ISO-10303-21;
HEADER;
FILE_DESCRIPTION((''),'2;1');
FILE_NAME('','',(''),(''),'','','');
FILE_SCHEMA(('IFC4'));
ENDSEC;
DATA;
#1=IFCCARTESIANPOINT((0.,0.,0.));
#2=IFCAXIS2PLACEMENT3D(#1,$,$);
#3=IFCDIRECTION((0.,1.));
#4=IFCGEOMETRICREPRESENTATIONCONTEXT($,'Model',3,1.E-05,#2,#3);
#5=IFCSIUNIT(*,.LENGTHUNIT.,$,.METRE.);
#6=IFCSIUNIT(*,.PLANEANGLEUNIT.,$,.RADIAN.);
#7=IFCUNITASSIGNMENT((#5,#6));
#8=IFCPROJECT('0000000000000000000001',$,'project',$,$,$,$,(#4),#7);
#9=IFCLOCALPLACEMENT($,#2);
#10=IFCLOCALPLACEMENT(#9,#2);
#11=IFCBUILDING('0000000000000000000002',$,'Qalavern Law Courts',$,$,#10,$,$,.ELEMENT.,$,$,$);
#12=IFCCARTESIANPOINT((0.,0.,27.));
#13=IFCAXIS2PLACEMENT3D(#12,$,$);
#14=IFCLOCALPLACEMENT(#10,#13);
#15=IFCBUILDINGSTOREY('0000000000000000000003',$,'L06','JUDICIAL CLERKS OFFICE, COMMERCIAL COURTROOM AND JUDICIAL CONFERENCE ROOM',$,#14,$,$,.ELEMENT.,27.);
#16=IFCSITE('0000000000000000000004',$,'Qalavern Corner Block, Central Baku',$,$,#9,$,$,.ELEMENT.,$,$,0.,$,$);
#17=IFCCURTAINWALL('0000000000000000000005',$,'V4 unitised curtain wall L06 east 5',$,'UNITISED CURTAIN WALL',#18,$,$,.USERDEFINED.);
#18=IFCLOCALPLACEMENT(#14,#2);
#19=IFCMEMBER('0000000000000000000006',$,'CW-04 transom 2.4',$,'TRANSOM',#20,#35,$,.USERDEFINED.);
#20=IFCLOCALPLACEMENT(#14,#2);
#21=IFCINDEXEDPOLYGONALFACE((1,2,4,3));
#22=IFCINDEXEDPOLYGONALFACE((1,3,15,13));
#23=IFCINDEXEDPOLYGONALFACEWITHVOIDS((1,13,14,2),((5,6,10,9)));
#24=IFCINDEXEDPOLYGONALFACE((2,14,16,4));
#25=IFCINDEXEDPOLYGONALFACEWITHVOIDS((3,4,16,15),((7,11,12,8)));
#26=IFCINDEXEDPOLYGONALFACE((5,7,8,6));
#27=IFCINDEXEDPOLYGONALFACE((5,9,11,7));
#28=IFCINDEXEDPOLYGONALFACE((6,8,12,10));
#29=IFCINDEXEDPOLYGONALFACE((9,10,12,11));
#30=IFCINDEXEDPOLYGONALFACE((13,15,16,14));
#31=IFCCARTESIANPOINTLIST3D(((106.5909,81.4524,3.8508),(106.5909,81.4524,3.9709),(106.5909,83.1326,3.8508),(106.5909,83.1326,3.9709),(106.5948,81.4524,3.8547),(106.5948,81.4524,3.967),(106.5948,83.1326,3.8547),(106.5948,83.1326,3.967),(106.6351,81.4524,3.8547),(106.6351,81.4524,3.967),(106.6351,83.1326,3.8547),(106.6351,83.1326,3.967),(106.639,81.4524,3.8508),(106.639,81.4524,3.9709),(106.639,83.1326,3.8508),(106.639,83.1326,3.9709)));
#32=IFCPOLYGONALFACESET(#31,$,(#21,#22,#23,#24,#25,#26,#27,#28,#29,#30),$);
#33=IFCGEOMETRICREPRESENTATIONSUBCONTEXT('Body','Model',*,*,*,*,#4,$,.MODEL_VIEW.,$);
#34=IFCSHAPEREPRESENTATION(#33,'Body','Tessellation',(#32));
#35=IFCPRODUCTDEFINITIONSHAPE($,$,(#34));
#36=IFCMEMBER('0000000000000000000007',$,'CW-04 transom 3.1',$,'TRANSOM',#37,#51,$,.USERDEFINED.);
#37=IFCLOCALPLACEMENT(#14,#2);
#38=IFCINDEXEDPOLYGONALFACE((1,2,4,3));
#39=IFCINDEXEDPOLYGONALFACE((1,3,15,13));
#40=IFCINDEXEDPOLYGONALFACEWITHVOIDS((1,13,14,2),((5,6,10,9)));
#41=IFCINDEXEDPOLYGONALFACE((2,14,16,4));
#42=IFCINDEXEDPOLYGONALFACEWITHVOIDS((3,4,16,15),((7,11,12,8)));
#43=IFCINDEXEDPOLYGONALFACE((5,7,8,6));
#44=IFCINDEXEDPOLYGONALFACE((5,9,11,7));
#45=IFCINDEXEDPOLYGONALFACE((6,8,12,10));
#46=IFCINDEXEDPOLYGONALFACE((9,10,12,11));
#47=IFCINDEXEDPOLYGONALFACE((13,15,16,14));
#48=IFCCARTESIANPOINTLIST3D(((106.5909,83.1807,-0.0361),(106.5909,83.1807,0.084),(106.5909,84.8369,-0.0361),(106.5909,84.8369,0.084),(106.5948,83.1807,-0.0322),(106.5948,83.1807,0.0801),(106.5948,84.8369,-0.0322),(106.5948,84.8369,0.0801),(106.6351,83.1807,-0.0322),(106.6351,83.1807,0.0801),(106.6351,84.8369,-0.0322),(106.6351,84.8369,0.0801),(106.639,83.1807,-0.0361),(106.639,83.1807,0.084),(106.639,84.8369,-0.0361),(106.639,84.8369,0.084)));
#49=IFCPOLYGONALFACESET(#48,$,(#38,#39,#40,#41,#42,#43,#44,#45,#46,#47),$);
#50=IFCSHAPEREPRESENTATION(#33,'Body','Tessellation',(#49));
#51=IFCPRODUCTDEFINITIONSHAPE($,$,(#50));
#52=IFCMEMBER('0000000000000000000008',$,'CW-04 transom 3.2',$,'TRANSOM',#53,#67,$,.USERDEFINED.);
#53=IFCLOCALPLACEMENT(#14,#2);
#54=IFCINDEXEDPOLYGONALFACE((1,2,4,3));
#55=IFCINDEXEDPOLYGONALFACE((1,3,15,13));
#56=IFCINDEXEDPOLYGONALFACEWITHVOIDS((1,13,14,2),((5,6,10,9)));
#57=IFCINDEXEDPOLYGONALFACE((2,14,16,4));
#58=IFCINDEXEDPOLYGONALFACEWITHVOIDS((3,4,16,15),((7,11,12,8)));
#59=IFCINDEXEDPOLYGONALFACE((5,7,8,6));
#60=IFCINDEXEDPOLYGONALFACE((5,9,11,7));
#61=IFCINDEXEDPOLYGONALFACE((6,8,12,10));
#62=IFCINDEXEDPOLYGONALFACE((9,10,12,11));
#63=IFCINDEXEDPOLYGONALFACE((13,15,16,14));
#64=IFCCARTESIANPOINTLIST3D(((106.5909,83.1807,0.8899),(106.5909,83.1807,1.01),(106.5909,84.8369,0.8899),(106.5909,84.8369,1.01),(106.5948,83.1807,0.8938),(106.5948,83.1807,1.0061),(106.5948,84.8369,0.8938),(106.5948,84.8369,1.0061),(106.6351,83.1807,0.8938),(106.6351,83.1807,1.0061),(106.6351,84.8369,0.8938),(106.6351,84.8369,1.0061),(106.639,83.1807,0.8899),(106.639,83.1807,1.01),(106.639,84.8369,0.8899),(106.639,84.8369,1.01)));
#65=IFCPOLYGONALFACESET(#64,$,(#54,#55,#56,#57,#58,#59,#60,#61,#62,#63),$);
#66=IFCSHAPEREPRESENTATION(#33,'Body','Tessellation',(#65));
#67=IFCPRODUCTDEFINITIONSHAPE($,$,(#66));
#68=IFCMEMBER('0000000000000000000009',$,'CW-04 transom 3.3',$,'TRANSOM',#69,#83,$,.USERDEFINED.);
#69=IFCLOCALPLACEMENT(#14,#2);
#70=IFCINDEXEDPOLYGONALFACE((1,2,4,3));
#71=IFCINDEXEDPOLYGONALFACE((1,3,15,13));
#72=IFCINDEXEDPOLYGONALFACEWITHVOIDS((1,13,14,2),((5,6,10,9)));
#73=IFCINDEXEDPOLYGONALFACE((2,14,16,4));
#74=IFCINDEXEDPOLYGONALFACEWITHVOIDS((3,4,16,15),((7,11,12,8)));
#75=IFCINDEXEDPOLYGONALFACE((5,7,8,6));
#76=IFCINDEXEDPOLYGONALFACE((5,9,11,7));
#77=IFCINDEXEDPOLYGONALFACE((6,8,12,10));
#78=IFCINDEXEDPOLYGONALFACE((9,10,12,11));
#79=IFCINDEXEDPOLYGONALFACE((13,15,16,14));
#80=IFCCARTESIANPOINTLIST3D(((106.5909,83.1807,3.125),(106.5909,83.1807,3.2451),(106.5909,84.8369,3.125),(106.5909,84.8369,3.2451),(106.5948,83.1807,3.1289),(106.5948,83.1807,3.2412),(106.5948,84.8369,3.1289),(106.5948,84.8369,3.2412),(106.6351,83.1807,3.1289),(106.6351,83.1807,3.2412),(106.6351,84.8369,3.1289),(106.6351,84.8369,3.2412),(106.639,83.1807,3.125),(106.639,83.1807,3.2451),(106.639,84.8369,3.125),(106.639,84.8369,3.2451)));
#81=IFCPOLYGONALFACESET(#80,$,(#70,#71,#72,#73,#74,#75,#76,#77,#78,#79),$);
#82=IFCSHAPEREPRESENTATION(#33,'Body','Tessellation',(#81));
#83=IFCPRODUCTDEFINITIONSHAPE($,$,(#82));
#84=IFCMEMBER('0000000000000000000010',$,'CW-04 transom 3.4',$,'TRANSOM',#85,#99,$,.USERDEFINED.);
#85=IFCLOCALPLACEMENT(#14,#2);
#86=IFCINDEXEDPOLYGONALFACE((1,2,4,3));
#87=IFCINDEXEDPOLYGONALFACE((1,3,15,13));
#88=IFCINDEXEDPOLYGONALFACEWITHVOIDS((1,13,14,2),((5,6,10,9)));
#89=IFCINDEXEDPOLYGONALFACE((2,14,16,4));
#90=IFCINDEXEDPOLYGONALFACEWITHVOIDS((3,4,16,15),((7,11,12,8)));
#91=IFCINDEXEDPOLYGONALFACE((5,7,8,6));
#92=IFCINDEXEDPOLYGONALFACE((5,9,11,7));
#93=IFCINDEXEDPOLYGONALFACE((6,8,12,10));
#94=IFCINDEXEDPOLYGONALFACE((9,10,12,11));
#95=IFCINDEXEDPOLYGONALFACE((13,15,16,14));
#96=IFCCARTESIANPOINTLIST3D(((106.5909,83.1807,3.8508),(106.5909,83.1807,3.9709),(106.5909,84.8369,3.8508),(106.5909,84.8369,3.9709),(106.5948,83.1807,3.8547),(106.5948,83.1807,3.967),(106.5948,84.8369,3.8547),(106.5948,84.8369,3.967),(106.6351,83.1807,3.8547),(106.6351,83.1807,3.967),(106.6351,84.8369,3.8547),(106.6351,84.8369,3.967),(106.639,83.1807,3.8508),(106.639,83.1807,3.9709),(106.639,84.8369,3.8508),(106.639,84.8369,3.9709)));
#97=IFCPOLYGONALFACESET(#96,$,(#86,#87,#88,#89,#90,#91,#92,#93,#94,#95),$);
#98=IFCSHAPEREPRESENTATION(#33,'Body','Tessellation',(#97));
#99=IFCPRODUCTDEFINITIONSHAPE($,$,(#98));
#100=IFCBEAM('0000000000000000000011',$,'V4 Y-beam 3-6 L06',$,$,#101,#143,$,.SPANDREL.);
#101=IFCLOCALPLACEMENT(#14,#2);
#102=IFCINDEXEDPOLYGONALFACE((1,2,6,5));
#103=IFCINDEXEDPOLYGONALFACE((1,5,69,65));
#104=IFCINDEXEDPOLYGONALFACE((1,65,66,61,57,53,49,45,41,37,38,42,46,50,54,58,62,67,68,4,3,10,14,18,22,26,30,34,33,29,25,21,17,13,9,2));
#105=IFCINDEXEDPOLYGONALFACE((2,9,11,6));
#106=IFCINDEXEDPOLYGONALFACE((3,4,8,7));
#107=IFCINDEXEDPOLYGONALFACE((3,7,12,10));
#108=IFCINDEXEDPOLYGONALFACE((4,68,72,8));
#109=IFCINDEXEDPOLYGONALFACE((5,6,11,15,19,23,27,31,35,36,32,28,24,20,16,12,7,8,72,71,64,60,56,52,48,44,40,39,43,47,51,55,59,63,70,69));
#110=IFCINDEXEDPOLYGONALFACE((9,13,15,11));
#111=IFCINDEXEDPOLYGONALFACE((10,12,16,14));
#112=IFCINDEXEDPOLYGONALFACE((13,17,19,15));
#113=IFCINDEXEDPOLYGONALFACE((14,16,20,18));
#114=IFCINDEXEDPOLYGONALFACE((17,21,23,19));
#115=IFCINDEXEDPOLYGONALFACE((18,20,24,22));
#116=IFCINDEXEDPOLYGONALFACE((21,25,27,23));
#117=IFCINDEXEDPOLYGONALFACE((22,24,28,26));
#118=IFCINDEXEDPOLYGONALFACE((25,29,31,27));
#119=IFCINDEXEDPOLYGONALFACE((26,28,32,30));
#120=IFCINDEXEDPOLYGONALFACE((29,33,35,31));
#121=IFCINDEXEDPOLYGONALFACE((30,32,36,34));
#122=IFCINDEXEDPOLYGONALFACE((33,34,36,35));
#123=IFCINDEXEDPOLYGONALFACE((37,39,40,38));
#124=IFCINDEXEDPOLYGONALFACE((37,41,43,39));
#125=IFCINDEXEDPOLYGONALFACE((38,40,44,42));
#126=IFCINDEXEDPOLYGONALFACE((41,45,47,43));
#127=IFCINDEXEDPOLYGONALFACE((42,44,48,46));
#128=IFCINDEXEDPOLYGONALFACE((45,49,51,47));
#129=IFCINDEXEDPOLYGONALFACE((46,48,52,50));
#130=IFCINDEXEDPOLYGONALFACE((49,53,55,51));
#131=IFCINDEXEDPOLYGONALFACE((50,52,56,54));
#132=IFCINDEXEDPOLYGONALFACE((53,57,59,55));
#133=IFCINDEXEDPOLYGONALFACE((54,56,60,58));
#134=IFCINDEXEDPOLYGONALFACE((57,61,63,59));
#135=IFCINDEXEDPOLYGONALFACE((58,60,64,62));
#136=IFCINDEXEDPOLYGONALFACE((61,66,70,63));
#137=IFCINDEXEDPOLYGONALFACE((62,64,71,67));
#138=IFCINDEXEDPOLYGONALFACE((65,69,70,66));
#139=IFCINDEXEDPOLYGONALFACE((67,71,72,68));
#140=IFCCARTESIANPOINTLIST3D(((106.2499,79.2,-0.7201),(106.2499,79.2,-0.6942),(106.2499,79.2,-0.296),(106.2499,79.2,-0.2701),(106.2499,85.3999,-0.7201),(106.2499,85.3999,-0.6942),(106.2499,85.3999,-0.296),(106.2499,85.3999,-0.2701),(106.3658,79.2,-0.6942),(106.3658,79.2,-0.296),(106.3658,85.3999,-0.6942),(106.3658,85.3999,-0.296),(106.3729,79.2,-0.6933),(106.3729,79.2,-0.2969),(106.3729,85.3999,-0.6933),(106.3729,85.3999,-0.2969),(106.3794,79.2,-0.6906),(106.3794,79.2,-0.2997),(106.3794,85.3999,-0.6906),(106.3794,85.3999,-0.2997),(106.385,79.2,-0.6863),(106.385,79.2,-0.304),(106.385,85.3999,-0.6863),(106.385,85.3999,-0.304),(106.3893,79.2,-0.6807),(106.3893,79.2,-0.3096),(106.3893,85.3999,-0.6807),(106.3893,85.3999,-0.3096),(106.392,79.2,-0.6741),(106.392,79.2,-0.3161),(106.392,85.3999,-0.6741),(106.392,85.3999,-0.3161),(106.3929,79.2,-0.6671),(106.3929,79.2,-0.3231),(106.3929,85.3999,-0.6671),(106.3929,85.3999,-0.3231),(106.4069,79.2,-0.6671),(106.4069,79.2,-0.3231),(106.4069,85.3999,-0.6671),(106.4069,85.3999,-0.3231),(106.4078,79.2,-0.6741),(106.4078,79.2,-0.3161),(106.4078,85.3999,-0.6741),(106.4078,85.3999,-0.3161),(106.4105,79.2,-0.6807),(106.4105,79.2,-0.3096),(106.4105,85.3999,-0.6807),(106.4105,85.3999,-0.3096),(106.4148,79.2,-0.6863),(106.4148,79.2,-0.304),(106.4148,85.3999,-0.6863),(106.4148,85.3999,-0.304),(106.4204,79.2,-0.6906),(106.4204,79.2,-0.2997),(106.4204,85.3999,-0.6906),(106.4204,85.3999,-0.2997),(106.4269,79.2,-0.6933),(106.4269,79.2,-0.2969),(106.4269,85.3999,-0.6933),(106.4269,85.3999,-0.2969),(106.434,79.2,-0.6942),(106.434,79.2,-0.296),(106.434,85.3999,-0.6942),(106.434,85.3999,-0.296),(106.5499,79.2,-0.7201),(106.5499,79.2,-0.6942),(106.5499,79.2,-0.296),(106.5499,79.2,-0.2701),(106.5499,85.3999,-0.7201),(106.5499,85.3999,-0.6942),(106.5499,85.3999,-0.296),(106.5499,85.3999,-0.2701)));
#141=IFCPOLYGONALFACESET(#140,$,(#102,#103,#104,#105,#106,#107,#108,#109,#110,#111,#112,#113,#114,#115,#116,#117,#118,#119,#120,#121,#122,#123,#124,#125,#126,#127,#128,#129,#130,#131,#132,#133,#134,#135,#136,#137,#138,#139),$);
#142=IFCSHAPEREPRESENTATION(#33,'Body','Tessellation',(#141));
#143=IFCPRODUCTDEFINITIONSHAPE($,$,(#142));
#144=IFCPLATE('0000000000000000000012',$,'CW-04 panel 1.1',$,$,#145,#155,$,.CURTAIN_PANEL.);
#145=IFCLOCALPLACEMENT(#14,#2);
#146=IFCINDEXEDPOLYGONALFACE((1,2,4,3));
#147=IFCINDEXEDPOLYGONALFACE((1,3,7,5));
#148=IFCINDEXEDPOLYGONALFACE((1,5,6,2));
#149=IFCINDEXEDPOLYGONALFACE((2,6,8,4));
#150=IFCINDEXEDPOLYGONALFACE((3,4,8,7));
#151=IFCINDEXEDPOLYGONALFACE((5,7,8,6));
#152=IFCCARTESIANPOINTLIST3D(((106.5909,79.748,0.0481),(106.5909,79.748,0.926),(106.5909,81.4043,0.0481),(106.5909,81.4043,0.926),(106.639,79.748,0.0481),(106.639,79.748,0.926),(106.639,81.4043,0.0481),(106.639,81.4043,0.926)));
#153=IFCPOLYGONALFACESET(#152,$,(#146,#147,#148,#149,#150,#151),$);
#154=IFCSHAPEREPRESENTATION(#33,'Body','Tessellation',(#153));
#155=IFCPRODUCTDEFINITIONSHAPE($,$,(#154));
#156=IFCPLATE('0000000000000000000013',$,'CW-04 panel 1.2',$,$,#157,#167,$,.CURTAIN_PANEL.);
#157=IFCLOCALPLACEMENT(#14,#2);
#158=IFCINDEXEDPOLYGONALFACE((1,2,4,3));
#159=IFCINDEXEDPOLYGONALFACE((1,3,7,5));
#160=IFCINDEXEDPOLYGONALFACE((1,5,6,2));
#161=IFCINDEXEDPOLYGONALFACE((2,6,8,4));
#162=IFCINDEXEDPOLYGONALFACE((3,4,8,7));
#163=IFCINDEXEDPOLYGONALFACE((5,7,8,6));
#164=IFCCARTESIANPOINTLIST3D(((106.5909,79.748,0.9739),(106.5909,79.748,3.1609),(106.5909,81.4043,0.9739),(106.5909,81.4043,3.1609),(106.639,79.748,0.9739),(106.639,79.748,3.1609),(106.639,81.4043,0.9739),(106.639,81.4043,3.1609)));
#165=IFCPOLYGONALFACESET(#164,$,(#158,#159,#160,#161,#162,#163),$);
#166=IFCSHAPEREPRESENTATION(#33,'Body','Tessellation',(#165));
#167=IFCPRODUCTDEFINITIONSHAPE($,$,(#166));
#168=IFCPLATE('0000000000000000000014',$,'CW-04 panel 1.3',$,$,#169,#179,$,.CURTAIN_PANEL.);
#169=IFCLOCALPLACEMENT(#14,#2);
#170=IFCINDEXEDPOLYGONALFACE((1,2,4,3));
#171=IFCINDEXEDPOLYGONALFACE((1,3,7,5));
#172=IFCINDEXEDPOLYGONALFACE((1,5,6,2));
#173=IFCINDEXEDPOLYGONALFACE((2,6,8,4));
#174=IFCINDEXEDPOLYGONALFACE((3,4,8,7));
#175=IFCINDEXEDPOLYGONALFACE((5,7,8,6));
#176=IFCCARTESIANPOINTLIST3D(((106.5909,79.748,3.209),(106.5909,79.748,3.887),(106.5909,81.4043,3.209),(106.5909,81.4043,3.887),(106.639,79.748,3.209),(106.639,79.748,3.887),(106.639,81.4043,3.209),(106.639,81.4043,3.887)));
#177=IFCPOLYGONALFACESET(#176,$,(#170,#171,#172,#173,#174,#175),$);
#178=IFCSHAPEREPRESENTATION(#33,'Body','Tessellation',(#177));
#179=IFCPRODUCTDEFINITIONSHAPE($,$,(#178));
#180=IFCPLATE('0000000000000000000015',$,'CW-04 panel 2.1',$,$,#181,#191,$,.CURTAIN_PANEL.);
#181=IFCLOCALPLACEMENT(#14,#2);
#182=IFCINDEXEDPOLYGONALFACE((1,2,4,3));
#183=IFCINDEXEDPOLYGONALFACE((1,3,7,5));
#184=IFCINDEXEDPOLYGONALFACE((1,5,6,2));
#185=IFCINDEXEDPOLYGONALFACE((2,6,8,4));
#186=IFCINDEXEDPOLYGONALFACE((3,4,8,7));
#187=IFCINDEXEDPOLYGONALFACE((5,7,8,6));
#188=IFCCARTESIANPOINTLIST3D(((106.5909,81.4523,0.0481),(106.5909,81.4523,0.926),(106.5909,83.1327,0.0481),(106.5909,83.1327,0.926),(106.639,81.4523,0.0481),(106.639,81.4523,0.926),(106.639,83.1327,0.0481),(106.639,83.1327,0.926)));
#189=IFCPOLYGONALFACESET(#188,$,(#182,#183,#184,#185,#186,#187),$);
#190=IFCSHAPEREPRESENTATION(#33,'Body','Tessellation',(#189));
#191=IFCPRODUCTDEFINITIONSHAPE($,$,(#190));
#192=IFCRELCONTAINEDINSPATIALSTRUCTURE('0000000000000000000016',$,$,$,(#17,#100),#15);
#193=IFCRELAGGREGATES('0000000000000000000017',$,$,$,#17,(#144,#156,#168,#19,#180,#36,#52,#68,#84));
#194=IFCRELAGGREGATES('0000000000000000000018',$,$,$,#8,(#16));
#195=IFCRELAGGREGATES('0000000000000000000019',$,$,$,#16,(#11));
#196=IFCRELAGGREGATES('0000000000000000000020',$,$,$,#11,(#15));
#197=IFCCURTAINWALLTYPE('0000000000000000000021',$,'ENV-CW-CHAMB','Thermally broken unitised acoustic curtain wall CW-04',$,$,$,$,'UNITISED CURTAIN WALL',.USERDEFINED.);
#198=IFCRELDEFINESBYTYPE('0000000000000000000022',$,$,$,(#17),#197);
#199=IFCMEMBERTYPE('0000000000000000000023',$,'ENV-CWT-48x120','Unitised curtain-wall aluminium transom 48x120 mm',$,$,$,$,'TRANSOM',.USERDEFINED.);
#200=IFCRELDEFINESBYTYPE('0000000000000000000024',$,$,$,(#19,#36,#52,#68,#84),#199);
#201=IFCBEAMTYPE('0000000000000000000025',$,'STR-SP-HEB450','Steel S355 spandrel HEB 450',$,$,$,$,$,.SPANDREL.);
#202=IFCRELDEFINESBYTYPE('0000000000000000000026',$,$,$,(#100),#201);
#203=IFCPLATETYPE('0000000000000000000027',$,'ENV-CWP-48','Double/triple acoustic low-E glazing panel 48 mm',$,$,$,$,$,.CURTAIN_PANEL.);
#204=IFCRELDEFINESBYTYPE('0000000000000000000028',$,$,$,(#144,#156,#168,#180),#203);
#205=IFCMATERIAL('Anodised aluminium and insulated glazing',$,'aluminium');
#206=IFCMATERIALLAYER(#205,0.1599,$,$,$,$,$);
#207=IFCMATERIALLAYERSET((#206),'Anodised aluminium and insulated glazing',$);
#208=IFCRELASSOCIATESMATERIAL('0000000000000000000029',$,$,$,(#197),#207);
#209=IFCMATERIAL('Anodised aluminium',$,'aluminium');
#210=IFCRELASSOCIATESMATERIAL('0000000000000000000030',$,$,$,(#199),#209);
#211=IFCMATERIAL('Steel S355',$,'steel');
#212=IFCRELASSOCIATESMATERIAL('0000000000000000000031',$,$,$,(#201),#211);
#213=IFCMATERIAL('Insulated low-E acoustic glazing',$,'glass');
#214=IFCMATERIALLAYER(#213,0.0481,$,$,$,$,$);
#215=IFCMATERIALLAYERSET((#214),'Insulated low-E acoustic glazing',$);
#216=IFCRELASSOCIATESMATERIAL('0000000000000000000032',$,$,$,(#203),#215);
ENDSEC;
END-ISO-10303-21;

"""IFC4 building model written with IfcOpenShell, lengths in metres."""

from ifc_helpers import new_model, si_unit, direction, frame, origin, origin_2d, place, context, subcontext, project, spatial, rectangle, hollow_rectangle, i_section, extrude, material, layer, layer_set, material_profile, profile_set, type_object, element, aggregate, save


model = new_model("IFC4")

# Units and contexts
model_context = context("Model", 3, precision=1e-05, world=origin(), true_north=direction((0.0, 1.0)))
body_context = subcontext(model_context, "Body", "Model", "MODEL_VIEW")
ifc_project = project(units=[si_unit("LENGTHUNIT", "METRE"), si_unit("PLANEANGLEUNIT", "RADIAN")], contexts=[model_context])

# Site, building, storey
site_placement = place(None, origin())
site = spatial("IfcSite", under=ifc_project, at=site_placement, Name="Qalavern Corner Block, Central Baku", CompositionType="ELEMENT", RefElevation=0.0)
building_placement = place(site_placement, origin())
building = spatial("IfcBuilding", under=site, at=building_placement, Name="Qalavern Law Courts", CompositionType="ELEMENT")
storey_placement = place(building_placement, frame((0.0, 0.0, 27.0)))
storey = spatial("IfcBuildingStorey", under=building, at=storey_placement, Name="L06", Description="JUDICIAL CLERKS OFFICE, COMMERCIAL COURTROOM AND JUDICIAL CONFERENCE ROOM", CompositionType="ELEMENT", Elevation=27.0)

# Curtain wall, members
ifc_material_1 = material(Name="Anodised aluminium and insulated glazing", Category="aluminium")
ifc_layer_1 = layer(ifc_material_1, 0.1599)
ifc_layer_set_1 = layer_set([ifc_layer_1], Name="Anodised aluminium and insulated glazing")
curtain_wall_type = type_object("IfcCurtainWallType", Name="ENV-CW-CHAMB", Description="Thermally broken unitised acoustic curtain wall CW-04", ElementType="UNITISED CURTAIN WALL", PredefinedType="USERDEFINED", material=ifc_layer_set_1)
curtain_wall_placement = place(storey_placement, origin())
curtain_wall = element("IfcCurtainWall", 1, at=curtain_wall_placement, inside=storey, type_object=curtain_wall_type, Name="V4 unitised curtain wall L06 east 5", ObjectType="UNITISED CURTAIN WALL", PredefinedType="USERDEFINED")
ifc_material_2 = material(Name="Anodised aluminium", Category="aluminium")
ifc_material_profile_1 = material_profile(ifc_material_2, hollow_rectangle(XDim=0.0481, YDim=0.1201, WallThickness=0.0039, at=origin_2d()), Name="ALU TRANSOM 48x120")
ifc_profile_set_1 = profile_set([ifc_material_profile_1], Name="Anodised aluminium")
member_type_1 = type_object("IfcMemberType", Name="ENV-CWT-48x120", Description="Unitised curtain-wall aluminium transom 48x120 mm", ElementType="TRANSOM", PredefinedType="USERDEFINED", material=ifc_profile_set_1)
member_1_placement = place(storey_placement, frame((106.615, 81.4524, 3.9109), z_axis=(0.0, 1.0, 0.0), x_axis=(-1.0, 0.0, 0.0)))
member_1 = element("IfcMember", 2, at=member_1_placement, type_object=member_type_1, Name="CW-04 transom 2.4", ObjectType="TRANSOM", PredefinedType="USERDEFINED", context=body_context, shape_type="SweptSolid", body=[
    extrude(hollow_rectangle(XDim=0.0481, YDim=0.1201, WallThickness=0.0039, at=origin_2d()), origin(), (0.0, 0.0, 1.0), 1.6802),
])
member_2_placement = place(storey_placement, frame((106.615, 83.1807, 0.0239), z_axis=(0.0, 1.0, 0.0), x_axis=(-1.0, 0.0, 0.0)))
member_2 = element("IfcMember", 3, at=member_2_placement, type_object=member_type_1, Name="CW-04 transom 3.1", ObjectType="TRANSOM", PredefinedType="USERDEFINED", context=body_context, shape_type="SweptSolid", body=[
    extrude(hollow_rectangle(XDim=0.0481, YDim=0.1201, WallThickness=0.0039, at=origin_2d()), origin(), (0.0, 0.0, 1.0), 1.6562),
])
member_3_placement = place(storey_placement, frame((106.615, 83.1807, 0.95), z_axis=(0.0, 1.0, 0.0), x_axis=(-1.0, 0.0, 0.0)))
member_3 = element("IfcMember", 4, at=member_3_placement, type_object=member_type_1, Name="CW-04 transom 3.2", ObjectType="TRANSOM", PredefinedType="USERDEFINED", context=body_context, shape_type="SweptSolid", body=[
    extrude(hollow_rectangle(XDim=0.0481, YDim=0.1201, WallThickness=0.0039, at=origin_2d()), origin(), (0.0, 0.0, 1.0), 1.6562),
])
member_4_placement = place(storey_placement, frame((106.615, 83.1807, 3.1851), z_axis=(0.0, 1.0, 0.0), x_axis=(-1.0, 0.0, 0.0)))
member_4 = element("IfcMember", 5, at=member_4_placement, type_object=member_type_1, Name="CW-04 transom 3.3", ObjectType="TRANSOM", PredefinedType="USERDEFINED", context=body_context, shape_type="SweptSolid", body=[
    extrude(hollow_rectangle(XDim=0.0481, YDim=0.1201, WallThickness=0.0039, at=origin_2d()), origin(), (0.0, 0.0, 1.0), 1.6562),
])
member_5_placement = place(storey_placement, frame((106.615, 83.1807, 3.9109), z_axis=(0.0, 1.0, 0.0), x_axis=(-1.0, 0.0, 0.0)))
member_5 = element("IfcMember", 6, at=member_5_placement, type_object=member_type_1, Name="CW-04 transom 3.4", ObjectType="TRANSOM", PredefinedType="USERDEFINED", context=body_context, shape_type="SweptSolid", body=[
    extrude(hollow_rectangle(XDim=0.0481, YDim=0.1201, WallThickness=0.0039, at=origin_2d()), origin(), (0.0, 0.0, 1.0), 1.6562),
])

# Beam
ifc_material_3 = material(Name="Steel S355", Category="steel")
ifc_material_profile_2 = material_profile(ifc_material_3, i_section(OverallWidth=0.3, OverallDepth=0.45, WebThickness=0.0139, FlangeThickness=0.0259, FilletRadius=0.0271, at=origin_2d()), Name="HEB 450")
ifc_profile_set_2 = profile_set([ifc_material_profile_2], Name="Steel S355")
beam_type = type_object("IfcBeamType", Name="STR-SP-HEB450", Description="Steel S355 spandrel HEB 450", PredefinedType="SPANDREL", material=ifc_profile_set_2)
beam_placement = place(storey_placement, frame((106.3999, 79.2, -0.4951), z_axis=(0.0, 1.0, 0.0), x_axis=(-1.0, 0.0, 0.0)))
element("IfcBeam", 7, at=beam_placement, inside=storey, type_object=beam_type, Name="V4 Y-beam 3-6 L06", PredefinedType="SPANDREL", context=body_context, shape_type="SweptSolid", body=[
    extrude(i_section(OverallWidth=0.3, OverallDepth=0.45, WebThickness=0.0139, FlangeThickness=0.0259, FilletRadius=0.0271, at=origin_2d()), origin(), (0.0, 0.0, 1.0), 6.2),
])

# Plates
ifc_material_4 = material(Name="Insulated low-E acoustic glazing", Category="glass")
ifc_layer_2 = layer(ifc_material_4, 0.0481)
ifc_layer_set_2 = layer_set([ifc_layer_2], Name="Insulated low-E acoustic glazing")
plate_type = type_object("IfcPlateType", Name="ENV-CWP-48", Description="Double/triple acoustic low-E glazing panel 48 mm", PredefinedType="CURTAIN_PANEL", material=ifc_layer_set_2)
plate_1_placement = place(storey_placement, frame((106.615, 80.5762, 0.0481), z_axis=(0.0, 0.0, 1.0), x_axis=(0.0, 1.0, 0.0)))
plate_1 = element("IfcPlate", 8, at=plate_1_placement, type_object=plate_type, Name="CW-04 panel 1.1", PredefinedType="CURTAIN_PANEL", context=body_context, shape_type="SweptSolid", body=[
    extrude(rectangle(XDim=1.6562, YDim=0.0481, at=origin_2d()), origin(), (0.0, 0.0, 1.0), 0.8779),
])
plate_2_placement = place(storey_placement, frame((106.615, 80.5762, 0.9739), z_axis=(0.0, 0.0, 1.0), x_axis=(0.0, 1.0, 0.0)))
plate_2 = element("IfcPlate", 9, at=plate_2_placement, type_object=plate_type, Name="CW-04 panel 1.2", PredefinedType="CURTAIN_PANEL", context=body_context, shape_type="SweptSolid", body=[
    extrude(rectangle(XDim=1.6562, YDim=0.0481, at=origin_2d()), origin(), (0.0, 0.0, 1.0), 2.187),
])
plate_3_placement = place(storey_placement, frame((106.615, 80.5762, 3.209), z_axis=(0.0, 0.0, 1.0), x_axis=(0.0, 1.0, 0.0)))
plate_3 = element("IfcPlate", 10, at=plate_3_placement, type_object=plate_type, Name="CW-04 panel 1.3", PredefinedType="CURTAIN_PANEL", context=body_context, shape_type="SweptSolid", body=[
    extrude(rectangle(XDim=1.6562, YDim=0.0481, at=origin_2d()), origin(), (0.0, 0.0, 1.0), 0.678),
])
plate_4_placement = place(storey_placement, frame((106.615, 82.2925, 0.0481), z_axis=(0.0, 0.0, 1.0), x_axis=(0.0, 1.0, 0.0)))
plate_4 = element("IfcPlate", 11, at=plate_4_placement, type_object=plate_type, Name="CW-04 panel 2.1", PredefinedType="CURTAIN_PANEL", context=body_context, shape_type="SweptSolid", body=[
    extrude(rectangle(XDim=1.6804, YDim=0.0481, at=origin_2d()), origin(), (0.0, 0.0, 1.0), 0.8779),
])
aggregate(curtain_wall, [plate_1, plate_2, plate_3, member_1, plate_4, member_2, member_3, member_4, member_5])

save(model, "model.ifc")
